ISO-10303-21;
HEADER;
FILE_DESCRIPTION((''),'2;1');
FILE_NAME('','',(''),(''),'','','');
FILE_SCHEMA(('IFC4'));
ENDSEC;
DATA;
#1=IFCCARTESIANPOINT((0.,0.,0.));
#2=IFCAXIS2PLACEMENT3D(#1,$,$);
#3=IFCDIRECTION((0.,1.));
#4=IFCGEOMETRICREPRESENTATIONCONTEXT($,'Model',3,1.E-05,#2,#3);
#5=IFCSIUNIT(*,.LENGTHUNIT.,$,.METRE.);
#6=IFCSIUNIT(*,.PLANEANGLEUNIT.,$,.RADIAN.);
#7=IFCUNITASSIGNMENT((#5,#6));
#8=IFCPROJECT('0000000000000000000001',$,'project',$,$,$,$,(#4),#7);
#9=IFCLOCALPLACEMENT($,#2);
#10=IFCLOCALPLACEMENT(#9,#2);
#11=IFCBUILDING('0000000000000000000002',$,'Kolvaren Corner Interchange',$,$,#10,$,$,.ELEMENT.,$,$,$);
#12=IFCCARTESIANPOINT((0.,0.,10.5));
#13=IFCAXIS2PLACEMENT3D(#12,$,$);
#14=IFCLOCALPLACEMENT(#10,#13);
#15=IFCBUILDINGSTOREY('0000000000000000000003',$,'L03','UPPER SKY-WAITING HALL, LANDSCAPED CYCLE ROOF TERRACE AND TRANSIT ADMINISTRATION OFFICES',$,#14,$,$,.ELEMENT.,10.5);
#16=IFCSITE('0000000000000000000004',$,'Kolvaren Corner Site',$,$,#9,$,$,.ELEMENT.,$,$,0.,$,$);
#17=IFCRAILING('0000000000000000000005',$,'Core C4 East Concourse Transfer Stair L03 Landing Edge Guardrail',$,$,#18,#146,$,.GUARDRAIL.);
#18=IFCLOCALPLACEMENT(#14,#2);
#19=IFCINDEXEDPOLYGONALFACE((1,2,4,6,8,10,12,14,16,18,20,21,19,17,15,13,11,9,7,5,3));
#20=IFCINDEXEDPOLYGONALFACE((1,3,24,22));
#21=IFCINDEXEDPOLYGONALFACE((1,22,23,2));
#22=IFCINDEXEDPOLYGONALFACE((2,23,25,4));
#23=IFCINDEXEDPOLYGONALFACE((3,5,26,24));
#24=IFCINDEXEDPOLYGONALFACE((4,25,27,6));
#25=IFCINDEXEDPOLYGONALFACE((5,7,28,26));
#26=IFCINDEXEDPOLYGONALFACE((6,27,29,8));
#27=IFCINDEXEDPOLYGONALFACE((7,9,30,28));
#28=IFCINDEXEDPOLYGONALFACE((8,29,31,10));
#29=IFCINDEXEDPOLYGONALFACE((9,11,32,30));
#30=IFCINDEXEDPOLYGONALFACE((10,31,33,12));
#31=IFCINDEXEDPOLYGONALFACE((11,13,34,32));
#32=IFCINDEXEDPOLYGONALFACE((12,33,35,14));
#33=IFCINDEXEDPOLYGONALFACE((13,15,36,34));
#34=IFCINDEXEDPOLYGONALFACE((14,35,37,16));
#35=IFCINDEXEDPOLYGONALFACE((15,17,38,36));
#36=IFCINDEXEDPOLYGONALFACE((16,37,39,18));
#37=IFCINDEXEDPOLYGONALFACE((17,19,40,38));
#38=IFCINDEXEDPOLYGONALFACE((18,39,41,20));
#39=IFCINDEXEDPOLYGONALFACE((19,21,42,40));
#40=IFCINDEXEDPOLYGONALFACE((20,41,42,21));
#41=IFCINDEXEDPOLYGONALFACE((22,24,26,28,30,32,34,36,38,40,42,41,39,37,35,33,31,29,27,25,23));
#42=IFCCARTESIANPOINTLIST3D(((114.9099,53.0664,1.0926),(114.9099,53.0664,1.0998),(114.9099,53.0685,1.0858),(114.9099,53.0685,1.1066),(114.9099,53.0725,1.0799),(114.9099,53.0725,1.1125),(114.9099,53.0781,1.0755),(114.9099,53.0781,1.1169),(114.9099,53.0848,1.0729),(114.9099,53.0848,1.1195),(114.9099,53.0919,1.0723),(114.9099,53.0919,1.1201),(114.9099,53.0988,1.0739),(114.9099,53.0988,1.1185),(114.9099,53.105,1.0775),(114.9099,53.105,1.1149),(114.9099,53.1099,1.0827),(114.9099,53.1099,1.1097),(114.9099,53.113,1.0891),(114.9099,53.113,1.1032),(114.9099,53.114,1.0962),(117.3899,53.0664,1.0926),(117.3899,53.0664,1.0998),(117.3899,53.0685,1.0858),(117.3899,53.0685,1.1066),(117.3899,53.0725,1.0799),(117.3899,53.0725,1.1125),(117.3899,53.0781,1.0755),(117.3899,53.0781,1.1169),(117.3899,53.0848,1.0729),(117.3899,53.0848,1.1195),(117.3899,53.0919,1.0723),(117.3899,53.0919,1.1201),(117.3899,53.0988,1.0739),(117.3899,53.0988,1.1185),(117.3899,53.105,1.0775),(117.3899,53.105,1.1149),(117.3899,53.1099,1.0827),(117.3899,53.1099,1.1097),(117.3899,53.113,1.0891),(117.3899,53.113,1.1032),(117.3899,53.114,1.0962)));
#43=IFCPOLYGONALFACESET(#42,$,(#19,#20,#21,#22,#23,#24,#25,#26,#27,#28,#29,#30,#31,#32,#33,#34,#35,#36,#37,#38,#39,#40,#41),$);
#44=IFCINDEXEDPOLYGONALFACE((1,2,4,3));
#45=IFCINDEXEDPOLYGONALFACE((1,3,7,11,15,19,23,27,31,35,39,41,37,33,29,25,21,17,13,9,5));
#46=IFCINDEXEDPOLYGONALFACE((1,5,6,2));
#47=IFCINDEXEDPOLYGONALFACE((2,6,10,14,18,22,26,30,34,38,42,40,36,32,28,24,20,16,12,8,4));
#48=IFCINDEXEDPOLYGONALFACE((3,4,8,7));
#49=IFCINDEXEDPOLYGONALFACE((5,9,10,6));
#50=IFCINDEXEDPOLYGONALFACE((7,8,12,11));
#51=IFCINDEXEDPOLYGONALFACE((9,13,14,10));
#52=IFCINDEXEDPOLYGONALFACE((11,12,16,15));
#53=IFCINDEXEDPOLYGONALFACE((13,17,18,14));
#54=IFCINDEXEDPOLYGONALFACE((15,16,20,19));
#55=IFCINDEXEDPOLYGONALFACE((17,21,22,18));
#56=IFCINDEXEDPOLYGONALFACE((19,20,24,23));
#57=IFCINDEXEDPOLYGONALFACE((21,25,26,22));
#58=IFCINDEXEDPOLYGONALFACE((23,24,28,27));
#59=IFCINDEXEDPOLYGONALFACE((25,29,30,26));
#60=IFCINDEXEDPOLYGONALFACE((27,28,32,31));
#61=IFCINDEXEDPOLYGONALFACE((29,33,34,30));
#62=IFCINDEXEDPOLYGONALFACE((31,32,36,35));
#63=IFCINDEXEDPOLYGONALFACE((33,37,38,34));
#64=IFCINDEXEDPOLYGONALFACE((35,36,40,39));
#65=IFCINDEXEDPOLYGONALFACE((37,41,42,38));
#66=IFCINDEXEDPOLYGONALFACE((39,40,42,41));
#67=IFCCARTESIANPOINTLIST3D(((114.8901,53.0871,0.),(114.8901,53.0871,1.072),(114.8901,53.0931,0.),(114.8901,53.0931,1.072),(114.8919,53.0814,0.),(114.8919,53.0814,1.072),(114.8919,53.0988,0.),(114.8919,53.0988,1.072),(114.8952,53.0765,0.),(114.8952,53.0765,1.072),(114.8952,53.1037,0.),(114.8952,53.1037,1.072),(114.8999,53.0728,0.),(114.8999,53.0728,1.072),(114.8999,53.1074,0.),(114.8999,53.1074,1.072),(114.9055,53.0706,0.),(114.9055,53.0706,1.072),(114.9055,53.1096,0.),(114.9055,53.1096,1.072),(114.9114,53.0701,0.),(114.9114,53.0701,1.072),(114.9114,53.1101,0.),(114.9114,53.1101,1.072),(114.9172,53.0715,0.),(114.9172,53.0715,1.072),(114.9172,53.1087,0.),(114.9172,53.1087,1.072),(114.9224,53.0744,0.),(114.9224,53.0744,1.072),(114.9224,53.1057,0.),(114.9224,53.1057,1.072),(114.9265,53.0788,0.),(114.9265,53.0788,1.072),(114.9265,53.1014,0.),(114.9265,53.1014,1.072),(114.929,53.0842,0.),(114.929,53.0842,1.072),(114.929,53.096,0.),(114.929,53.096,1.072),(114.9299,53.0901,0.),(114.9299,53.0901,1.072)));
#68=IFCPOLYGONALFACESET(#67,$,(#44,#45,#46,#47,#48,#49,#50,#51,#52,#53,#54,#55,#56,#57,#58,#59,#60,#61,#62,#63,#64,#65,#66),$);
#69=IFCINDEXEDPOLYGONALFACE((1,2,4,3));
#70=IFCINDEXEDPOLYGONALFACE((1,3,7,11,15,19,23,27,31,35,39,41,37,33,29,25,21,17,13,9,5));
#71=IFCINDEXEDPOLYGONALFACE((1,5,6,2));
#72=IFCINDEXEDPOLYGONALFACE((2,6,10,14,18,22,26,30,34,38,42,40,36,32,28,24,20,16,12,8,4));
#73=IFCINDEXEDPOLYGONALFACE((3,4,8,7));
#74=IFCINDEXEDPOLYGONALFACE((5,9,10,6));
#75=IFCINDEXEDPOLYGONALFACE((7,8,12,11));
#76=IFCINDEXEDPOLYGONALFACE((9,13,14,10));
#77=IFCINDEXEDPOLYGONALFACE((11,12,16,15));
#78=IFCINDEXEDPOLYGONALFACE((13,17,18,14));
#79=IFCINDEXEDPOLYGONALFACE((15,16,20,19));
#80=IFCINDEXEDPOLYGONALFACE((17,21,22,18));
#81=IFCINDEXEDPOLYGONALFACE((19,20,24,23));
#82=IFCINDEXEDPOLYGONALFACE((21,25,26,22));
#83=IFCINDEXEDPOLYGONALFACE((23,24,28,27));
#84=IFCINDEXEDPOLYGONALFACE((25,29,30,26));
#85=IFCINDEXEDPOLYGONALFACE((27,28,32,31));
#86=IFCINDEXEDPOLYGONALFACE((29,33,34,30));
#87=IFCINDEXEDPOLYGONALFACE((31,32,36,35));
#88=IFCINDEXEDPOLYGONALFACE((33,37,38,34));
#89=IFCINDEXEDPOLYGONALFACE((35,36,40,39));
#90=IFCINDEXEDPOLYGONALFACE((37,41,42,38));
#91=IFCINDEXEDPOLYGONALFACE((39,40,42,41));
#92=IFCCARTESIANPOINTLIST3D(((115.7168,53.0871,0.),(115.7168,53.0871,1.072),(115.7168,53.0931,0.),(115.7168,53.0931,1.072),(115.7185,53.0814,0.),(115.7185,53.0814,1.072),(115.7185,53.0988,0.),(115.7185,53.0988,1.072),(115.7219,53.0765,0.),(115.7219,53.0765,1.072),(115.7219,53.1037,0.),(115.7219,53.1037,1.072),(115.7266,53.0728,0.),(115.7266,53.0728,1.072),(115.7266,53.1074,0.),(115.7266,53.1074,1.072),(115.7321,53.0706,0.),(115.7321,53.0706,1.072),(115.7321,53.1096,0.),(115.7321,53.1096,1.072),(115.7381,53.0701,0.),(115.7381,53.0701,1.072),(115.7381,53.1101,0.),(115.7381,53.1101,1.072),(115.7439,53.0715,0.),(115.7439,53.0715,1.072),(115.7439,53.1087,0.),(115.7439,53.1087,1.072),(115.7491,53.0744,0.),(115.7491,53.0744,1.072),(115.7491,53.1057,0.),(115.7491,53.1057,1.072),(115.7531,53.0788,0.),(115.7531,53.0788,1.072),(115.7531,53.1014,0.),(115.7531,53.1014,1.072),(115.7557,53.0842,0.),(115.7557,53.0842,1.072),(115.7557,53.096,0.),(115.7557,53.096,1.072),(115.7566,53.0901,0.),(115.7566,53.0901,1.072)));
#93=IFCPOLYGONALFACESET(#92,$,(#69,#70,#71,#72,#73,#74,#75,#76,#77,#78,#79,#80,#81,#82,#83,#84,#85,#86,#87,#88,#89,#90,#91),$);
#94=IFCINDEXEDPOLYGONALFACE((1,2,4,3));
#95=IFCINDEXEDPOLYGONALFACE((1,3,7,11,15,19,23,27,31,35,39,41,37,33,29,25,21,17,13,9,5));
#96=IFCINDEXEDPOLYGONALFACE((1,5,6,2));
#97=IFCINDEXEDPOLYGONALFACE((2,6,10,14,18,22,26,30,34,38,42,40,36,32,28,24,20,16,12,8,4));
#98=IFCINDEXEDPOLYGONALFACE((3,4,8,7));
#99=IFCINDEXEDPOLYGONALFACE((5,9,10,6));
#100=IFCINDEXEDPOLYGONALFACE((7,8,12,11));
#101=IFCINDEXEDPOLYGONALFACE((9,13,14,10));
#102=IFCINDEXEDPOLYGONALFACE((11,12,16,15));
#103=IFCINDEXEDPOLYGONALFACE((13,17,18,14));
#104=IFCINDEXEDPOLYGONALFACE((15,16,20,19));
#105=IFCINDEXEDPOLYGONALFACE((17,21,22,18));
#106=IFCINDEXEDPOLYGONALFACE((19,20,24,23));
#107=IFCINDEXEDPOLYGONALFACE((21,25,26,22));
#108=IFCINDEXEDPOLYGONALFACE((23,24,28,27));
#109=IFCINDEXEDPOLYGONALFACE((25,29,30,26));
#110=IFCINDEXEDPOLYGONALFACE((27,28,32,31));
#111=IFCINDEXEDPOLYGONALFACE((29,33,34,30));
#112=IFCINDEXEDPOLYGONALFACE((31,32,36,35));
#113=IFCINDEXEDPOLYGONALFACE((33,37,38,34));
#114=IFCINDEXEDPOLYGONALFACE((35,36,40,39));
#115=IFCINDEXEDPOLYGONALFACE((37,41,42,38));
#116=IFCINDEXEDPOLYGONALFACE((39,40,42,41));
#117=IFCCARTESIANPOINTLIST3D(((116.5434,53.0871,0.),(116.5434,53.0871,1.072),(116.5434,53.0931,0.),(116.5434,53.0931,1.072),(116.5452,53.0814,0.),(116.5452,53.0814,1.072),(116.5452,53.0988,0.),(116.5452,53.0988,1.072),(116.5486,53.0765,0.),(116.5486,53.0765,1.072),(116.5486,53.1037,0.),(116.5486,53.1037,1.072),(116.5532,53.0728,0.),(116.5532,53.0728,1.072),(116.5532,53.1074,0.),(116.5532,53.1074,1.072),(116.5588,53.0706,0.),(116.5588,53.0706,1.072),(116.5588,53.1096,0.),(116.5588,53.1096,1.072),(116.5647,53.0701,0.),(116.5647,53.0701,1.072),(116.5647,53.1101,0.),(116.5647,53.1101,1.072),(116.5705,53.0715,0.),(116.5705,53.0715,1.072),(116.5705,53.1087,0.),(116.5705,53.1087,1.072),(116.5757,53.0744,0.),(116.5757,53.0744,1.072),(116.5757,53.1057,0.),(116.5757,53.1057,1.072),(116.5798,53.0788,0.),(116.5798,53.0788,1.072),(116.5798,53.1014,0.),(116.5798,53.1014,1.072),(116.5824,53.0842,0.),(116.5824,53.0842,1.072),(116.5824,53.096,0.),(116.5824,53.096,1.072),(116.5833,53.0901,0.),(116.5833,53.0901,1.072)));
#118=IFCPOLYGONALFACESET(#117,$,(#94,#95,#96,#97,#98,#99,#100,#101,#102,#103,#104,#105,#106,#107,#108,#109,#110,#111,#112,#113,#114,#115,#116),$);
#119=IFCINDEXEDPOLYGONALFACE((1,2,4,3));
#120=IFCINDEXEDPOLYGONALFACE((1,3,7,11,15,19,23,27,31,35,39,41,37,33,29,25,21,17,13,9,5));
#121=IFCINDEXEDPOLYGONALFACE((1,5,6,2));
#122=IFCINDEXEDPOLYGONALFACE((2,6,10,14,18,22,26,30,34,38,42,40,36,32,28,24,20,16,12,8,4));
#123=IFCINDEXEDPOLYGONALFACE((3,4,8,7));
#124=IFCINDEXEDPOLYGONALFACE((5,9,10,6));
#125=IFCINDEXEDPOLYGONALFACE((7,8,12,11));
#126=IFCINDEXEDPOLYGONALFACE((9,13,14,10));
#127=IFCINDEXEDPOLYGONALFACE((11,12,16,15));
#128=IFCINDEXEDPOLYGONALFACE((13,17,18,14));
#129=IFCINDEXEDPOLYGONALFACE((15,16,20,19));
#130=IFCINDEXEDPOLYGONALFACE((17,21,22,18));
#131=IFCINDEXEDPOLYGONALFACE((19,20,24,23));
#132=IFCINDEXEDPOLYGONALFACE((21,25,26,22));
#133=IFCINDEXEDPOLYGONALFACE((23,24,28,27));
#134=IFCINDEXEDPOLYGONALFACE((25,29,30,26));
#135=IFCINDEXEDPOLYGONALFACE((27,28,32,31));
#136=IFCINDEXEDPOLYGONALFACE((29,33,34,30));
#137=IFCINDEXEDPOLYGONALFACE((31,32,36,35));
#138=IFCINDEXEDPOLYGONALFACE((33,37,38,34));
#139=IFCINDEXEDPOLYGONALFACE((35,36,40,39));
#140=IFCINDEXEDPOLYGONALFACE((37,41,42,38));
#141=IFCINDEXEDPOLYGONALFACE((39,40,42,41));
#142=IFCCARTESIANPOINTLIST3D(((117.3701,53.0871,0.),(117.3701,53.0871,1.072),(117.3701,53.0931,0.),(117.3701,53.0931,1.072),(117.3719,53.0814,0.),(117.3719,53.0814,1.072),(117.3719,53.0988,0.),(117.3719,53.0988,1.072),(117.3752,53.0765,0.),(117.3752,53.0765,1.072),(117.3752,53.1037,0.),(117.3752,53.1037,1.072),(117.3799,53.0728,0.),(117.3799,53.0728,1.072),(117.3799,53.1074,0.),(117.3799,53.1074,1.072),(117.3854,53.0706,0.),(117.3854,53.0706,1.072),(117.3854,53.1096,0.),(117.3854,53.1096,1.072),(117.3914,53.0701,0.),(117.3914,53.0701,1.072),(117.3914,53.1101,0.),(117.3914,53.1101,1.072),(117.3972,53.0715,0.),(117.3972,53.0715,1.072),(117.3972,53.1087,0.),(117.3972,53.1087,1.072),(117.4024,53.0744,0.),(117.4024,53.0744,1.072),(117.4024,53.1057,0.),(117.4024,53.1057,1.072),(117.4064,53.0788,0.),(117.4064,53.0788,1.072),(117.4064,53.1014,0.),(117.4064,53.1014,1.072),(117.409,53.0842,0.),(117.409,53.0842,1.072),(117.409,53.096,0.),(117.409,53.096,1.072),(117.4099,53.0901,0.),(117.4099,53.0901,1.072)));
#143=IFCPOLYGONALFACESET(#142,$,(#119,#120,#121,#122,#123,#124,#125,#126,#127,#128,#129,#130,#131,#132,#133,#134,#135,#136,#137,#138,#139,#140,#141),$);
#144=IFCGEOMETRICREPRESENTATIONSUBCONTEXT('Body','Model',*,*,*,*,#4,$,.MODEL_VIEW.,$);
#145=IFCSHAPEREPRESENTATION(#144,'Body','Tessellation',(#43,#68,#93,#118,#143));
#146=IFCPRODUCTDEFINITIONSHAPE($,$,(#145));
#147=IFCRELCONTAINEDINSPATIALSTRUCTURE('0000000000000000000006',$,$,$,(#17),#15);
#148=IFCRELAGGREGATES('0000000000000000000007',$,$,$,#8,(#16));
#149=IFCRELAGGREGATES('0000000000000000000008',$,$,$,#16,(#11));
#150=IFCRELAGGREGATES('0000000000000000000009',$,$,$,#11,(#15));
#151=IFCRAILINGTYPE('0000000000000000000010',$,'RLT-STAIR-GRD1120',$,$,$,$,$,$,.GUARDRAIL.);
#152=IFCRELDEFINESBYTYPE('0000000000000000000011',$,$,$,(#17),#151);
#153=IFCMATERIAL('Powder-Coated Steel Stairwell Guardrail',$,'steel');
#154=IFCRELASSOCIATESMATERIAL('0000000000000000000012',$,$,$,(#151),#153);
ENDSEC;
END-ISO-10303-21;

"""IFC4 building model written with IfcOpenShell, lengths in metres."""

from ifc_helpers import new_model, si_unit, direction, frame, origin, origin_2d, place, context, subcontext, project, spatial, circle, extrude, material, type_object, element, save


model = new_model("IFC4")

# Units and contexts
model_context = context("Model", 3, precision=1e-05, world=origin(), true_north=direction((0.0, 1.0)))
body_context = subcontext(model_context, "Body", "Model", "MODEL_VIEW")
ifc_project = project(units=[si_unit("LENGTHUNIT", "METRE"), si_unit("PLANEANGLEUNIT", "RADIAN")], contexts=[model_context])

# Site, building, storey
site_placement = place(None, origin())
site = spatial("IfcSite", under=ifc_project, at=site_placement, Name="Kolvaren Corner Site", CompositionType="ELEMENT", RefElevation=0.0)
building_placement = place(site_placement, origin())
building = spatial("IfcBuilding", under=site, at=building_placement, Name="Kolvaren Corner Interchange", CompositionType="ELEMENT")
storey_placement = place(building_placement, frame((0.0, 0.0, 10.5)))
storey = spatial("IfcBuildingStorey", under=building, at=storey_placement, Name="L03", Description="UPPER SKY-WAITING HALL, LANDSCAPED CYCLE ROOF TERRACE AND TRANSIT ADMINISTRATION OFFICES", CompositionType="ELEMENT", Elevation=10.5)

# Railing
ifc_material_1 = material(Name="Powder-Coated Steel Stairwell Guardrail", Category="steel")
railing_type = type_object("IfcRailingType", Name="RLT-STAIR-GRD1120", PredefinedType="GUARDRAIL", material=ifc_material_1)
railing_placement = place(storey_placement, frame((114.9099, 53.0901, 0.0)))
element("IfcRailing", 1, at=railing_placement, inside=storey, type_object=railing_type, Name="Core C4 East Concourse Transfer Stair L03 Landing Edge Guardrail", PredefinedType="GUARDRAIL", context=body_context, shape_type="SweptSolid", body=[
    extrude(circle(Radius=0.0239, at=origin_2d()), frame((0.0, 0.0, 1.0962), z_axis=(1.0, 0.0, 0.0), x_axis=(0.0, 1.0, 0.0)), (0.0, 0.0, 1.0), 2.48),
    extrude(circle(Radius=0.02, at=origin_2d()), origin(), (0.0, 0.0, 1.0), 1.072),
    extrude(circle(Radius=0.02, at=origin_2d()), frame((0.8267, 0.0, 0.0)), (0.0, 0.0, 1.0), 1.072),
    extrude(circle(Radius=0.02, at=origin_2d()), frame((1.6533, 0.0, 0.0)), (0.0, 0.0, 1.0), 1.072),
    extrude(circle(Radius=0.02, at=origin_2d()), frame((2.48, 0.0, 0.0)), (0.0, 0.0, 1.0), 1.072),
])

save(model, "model.ifc")
